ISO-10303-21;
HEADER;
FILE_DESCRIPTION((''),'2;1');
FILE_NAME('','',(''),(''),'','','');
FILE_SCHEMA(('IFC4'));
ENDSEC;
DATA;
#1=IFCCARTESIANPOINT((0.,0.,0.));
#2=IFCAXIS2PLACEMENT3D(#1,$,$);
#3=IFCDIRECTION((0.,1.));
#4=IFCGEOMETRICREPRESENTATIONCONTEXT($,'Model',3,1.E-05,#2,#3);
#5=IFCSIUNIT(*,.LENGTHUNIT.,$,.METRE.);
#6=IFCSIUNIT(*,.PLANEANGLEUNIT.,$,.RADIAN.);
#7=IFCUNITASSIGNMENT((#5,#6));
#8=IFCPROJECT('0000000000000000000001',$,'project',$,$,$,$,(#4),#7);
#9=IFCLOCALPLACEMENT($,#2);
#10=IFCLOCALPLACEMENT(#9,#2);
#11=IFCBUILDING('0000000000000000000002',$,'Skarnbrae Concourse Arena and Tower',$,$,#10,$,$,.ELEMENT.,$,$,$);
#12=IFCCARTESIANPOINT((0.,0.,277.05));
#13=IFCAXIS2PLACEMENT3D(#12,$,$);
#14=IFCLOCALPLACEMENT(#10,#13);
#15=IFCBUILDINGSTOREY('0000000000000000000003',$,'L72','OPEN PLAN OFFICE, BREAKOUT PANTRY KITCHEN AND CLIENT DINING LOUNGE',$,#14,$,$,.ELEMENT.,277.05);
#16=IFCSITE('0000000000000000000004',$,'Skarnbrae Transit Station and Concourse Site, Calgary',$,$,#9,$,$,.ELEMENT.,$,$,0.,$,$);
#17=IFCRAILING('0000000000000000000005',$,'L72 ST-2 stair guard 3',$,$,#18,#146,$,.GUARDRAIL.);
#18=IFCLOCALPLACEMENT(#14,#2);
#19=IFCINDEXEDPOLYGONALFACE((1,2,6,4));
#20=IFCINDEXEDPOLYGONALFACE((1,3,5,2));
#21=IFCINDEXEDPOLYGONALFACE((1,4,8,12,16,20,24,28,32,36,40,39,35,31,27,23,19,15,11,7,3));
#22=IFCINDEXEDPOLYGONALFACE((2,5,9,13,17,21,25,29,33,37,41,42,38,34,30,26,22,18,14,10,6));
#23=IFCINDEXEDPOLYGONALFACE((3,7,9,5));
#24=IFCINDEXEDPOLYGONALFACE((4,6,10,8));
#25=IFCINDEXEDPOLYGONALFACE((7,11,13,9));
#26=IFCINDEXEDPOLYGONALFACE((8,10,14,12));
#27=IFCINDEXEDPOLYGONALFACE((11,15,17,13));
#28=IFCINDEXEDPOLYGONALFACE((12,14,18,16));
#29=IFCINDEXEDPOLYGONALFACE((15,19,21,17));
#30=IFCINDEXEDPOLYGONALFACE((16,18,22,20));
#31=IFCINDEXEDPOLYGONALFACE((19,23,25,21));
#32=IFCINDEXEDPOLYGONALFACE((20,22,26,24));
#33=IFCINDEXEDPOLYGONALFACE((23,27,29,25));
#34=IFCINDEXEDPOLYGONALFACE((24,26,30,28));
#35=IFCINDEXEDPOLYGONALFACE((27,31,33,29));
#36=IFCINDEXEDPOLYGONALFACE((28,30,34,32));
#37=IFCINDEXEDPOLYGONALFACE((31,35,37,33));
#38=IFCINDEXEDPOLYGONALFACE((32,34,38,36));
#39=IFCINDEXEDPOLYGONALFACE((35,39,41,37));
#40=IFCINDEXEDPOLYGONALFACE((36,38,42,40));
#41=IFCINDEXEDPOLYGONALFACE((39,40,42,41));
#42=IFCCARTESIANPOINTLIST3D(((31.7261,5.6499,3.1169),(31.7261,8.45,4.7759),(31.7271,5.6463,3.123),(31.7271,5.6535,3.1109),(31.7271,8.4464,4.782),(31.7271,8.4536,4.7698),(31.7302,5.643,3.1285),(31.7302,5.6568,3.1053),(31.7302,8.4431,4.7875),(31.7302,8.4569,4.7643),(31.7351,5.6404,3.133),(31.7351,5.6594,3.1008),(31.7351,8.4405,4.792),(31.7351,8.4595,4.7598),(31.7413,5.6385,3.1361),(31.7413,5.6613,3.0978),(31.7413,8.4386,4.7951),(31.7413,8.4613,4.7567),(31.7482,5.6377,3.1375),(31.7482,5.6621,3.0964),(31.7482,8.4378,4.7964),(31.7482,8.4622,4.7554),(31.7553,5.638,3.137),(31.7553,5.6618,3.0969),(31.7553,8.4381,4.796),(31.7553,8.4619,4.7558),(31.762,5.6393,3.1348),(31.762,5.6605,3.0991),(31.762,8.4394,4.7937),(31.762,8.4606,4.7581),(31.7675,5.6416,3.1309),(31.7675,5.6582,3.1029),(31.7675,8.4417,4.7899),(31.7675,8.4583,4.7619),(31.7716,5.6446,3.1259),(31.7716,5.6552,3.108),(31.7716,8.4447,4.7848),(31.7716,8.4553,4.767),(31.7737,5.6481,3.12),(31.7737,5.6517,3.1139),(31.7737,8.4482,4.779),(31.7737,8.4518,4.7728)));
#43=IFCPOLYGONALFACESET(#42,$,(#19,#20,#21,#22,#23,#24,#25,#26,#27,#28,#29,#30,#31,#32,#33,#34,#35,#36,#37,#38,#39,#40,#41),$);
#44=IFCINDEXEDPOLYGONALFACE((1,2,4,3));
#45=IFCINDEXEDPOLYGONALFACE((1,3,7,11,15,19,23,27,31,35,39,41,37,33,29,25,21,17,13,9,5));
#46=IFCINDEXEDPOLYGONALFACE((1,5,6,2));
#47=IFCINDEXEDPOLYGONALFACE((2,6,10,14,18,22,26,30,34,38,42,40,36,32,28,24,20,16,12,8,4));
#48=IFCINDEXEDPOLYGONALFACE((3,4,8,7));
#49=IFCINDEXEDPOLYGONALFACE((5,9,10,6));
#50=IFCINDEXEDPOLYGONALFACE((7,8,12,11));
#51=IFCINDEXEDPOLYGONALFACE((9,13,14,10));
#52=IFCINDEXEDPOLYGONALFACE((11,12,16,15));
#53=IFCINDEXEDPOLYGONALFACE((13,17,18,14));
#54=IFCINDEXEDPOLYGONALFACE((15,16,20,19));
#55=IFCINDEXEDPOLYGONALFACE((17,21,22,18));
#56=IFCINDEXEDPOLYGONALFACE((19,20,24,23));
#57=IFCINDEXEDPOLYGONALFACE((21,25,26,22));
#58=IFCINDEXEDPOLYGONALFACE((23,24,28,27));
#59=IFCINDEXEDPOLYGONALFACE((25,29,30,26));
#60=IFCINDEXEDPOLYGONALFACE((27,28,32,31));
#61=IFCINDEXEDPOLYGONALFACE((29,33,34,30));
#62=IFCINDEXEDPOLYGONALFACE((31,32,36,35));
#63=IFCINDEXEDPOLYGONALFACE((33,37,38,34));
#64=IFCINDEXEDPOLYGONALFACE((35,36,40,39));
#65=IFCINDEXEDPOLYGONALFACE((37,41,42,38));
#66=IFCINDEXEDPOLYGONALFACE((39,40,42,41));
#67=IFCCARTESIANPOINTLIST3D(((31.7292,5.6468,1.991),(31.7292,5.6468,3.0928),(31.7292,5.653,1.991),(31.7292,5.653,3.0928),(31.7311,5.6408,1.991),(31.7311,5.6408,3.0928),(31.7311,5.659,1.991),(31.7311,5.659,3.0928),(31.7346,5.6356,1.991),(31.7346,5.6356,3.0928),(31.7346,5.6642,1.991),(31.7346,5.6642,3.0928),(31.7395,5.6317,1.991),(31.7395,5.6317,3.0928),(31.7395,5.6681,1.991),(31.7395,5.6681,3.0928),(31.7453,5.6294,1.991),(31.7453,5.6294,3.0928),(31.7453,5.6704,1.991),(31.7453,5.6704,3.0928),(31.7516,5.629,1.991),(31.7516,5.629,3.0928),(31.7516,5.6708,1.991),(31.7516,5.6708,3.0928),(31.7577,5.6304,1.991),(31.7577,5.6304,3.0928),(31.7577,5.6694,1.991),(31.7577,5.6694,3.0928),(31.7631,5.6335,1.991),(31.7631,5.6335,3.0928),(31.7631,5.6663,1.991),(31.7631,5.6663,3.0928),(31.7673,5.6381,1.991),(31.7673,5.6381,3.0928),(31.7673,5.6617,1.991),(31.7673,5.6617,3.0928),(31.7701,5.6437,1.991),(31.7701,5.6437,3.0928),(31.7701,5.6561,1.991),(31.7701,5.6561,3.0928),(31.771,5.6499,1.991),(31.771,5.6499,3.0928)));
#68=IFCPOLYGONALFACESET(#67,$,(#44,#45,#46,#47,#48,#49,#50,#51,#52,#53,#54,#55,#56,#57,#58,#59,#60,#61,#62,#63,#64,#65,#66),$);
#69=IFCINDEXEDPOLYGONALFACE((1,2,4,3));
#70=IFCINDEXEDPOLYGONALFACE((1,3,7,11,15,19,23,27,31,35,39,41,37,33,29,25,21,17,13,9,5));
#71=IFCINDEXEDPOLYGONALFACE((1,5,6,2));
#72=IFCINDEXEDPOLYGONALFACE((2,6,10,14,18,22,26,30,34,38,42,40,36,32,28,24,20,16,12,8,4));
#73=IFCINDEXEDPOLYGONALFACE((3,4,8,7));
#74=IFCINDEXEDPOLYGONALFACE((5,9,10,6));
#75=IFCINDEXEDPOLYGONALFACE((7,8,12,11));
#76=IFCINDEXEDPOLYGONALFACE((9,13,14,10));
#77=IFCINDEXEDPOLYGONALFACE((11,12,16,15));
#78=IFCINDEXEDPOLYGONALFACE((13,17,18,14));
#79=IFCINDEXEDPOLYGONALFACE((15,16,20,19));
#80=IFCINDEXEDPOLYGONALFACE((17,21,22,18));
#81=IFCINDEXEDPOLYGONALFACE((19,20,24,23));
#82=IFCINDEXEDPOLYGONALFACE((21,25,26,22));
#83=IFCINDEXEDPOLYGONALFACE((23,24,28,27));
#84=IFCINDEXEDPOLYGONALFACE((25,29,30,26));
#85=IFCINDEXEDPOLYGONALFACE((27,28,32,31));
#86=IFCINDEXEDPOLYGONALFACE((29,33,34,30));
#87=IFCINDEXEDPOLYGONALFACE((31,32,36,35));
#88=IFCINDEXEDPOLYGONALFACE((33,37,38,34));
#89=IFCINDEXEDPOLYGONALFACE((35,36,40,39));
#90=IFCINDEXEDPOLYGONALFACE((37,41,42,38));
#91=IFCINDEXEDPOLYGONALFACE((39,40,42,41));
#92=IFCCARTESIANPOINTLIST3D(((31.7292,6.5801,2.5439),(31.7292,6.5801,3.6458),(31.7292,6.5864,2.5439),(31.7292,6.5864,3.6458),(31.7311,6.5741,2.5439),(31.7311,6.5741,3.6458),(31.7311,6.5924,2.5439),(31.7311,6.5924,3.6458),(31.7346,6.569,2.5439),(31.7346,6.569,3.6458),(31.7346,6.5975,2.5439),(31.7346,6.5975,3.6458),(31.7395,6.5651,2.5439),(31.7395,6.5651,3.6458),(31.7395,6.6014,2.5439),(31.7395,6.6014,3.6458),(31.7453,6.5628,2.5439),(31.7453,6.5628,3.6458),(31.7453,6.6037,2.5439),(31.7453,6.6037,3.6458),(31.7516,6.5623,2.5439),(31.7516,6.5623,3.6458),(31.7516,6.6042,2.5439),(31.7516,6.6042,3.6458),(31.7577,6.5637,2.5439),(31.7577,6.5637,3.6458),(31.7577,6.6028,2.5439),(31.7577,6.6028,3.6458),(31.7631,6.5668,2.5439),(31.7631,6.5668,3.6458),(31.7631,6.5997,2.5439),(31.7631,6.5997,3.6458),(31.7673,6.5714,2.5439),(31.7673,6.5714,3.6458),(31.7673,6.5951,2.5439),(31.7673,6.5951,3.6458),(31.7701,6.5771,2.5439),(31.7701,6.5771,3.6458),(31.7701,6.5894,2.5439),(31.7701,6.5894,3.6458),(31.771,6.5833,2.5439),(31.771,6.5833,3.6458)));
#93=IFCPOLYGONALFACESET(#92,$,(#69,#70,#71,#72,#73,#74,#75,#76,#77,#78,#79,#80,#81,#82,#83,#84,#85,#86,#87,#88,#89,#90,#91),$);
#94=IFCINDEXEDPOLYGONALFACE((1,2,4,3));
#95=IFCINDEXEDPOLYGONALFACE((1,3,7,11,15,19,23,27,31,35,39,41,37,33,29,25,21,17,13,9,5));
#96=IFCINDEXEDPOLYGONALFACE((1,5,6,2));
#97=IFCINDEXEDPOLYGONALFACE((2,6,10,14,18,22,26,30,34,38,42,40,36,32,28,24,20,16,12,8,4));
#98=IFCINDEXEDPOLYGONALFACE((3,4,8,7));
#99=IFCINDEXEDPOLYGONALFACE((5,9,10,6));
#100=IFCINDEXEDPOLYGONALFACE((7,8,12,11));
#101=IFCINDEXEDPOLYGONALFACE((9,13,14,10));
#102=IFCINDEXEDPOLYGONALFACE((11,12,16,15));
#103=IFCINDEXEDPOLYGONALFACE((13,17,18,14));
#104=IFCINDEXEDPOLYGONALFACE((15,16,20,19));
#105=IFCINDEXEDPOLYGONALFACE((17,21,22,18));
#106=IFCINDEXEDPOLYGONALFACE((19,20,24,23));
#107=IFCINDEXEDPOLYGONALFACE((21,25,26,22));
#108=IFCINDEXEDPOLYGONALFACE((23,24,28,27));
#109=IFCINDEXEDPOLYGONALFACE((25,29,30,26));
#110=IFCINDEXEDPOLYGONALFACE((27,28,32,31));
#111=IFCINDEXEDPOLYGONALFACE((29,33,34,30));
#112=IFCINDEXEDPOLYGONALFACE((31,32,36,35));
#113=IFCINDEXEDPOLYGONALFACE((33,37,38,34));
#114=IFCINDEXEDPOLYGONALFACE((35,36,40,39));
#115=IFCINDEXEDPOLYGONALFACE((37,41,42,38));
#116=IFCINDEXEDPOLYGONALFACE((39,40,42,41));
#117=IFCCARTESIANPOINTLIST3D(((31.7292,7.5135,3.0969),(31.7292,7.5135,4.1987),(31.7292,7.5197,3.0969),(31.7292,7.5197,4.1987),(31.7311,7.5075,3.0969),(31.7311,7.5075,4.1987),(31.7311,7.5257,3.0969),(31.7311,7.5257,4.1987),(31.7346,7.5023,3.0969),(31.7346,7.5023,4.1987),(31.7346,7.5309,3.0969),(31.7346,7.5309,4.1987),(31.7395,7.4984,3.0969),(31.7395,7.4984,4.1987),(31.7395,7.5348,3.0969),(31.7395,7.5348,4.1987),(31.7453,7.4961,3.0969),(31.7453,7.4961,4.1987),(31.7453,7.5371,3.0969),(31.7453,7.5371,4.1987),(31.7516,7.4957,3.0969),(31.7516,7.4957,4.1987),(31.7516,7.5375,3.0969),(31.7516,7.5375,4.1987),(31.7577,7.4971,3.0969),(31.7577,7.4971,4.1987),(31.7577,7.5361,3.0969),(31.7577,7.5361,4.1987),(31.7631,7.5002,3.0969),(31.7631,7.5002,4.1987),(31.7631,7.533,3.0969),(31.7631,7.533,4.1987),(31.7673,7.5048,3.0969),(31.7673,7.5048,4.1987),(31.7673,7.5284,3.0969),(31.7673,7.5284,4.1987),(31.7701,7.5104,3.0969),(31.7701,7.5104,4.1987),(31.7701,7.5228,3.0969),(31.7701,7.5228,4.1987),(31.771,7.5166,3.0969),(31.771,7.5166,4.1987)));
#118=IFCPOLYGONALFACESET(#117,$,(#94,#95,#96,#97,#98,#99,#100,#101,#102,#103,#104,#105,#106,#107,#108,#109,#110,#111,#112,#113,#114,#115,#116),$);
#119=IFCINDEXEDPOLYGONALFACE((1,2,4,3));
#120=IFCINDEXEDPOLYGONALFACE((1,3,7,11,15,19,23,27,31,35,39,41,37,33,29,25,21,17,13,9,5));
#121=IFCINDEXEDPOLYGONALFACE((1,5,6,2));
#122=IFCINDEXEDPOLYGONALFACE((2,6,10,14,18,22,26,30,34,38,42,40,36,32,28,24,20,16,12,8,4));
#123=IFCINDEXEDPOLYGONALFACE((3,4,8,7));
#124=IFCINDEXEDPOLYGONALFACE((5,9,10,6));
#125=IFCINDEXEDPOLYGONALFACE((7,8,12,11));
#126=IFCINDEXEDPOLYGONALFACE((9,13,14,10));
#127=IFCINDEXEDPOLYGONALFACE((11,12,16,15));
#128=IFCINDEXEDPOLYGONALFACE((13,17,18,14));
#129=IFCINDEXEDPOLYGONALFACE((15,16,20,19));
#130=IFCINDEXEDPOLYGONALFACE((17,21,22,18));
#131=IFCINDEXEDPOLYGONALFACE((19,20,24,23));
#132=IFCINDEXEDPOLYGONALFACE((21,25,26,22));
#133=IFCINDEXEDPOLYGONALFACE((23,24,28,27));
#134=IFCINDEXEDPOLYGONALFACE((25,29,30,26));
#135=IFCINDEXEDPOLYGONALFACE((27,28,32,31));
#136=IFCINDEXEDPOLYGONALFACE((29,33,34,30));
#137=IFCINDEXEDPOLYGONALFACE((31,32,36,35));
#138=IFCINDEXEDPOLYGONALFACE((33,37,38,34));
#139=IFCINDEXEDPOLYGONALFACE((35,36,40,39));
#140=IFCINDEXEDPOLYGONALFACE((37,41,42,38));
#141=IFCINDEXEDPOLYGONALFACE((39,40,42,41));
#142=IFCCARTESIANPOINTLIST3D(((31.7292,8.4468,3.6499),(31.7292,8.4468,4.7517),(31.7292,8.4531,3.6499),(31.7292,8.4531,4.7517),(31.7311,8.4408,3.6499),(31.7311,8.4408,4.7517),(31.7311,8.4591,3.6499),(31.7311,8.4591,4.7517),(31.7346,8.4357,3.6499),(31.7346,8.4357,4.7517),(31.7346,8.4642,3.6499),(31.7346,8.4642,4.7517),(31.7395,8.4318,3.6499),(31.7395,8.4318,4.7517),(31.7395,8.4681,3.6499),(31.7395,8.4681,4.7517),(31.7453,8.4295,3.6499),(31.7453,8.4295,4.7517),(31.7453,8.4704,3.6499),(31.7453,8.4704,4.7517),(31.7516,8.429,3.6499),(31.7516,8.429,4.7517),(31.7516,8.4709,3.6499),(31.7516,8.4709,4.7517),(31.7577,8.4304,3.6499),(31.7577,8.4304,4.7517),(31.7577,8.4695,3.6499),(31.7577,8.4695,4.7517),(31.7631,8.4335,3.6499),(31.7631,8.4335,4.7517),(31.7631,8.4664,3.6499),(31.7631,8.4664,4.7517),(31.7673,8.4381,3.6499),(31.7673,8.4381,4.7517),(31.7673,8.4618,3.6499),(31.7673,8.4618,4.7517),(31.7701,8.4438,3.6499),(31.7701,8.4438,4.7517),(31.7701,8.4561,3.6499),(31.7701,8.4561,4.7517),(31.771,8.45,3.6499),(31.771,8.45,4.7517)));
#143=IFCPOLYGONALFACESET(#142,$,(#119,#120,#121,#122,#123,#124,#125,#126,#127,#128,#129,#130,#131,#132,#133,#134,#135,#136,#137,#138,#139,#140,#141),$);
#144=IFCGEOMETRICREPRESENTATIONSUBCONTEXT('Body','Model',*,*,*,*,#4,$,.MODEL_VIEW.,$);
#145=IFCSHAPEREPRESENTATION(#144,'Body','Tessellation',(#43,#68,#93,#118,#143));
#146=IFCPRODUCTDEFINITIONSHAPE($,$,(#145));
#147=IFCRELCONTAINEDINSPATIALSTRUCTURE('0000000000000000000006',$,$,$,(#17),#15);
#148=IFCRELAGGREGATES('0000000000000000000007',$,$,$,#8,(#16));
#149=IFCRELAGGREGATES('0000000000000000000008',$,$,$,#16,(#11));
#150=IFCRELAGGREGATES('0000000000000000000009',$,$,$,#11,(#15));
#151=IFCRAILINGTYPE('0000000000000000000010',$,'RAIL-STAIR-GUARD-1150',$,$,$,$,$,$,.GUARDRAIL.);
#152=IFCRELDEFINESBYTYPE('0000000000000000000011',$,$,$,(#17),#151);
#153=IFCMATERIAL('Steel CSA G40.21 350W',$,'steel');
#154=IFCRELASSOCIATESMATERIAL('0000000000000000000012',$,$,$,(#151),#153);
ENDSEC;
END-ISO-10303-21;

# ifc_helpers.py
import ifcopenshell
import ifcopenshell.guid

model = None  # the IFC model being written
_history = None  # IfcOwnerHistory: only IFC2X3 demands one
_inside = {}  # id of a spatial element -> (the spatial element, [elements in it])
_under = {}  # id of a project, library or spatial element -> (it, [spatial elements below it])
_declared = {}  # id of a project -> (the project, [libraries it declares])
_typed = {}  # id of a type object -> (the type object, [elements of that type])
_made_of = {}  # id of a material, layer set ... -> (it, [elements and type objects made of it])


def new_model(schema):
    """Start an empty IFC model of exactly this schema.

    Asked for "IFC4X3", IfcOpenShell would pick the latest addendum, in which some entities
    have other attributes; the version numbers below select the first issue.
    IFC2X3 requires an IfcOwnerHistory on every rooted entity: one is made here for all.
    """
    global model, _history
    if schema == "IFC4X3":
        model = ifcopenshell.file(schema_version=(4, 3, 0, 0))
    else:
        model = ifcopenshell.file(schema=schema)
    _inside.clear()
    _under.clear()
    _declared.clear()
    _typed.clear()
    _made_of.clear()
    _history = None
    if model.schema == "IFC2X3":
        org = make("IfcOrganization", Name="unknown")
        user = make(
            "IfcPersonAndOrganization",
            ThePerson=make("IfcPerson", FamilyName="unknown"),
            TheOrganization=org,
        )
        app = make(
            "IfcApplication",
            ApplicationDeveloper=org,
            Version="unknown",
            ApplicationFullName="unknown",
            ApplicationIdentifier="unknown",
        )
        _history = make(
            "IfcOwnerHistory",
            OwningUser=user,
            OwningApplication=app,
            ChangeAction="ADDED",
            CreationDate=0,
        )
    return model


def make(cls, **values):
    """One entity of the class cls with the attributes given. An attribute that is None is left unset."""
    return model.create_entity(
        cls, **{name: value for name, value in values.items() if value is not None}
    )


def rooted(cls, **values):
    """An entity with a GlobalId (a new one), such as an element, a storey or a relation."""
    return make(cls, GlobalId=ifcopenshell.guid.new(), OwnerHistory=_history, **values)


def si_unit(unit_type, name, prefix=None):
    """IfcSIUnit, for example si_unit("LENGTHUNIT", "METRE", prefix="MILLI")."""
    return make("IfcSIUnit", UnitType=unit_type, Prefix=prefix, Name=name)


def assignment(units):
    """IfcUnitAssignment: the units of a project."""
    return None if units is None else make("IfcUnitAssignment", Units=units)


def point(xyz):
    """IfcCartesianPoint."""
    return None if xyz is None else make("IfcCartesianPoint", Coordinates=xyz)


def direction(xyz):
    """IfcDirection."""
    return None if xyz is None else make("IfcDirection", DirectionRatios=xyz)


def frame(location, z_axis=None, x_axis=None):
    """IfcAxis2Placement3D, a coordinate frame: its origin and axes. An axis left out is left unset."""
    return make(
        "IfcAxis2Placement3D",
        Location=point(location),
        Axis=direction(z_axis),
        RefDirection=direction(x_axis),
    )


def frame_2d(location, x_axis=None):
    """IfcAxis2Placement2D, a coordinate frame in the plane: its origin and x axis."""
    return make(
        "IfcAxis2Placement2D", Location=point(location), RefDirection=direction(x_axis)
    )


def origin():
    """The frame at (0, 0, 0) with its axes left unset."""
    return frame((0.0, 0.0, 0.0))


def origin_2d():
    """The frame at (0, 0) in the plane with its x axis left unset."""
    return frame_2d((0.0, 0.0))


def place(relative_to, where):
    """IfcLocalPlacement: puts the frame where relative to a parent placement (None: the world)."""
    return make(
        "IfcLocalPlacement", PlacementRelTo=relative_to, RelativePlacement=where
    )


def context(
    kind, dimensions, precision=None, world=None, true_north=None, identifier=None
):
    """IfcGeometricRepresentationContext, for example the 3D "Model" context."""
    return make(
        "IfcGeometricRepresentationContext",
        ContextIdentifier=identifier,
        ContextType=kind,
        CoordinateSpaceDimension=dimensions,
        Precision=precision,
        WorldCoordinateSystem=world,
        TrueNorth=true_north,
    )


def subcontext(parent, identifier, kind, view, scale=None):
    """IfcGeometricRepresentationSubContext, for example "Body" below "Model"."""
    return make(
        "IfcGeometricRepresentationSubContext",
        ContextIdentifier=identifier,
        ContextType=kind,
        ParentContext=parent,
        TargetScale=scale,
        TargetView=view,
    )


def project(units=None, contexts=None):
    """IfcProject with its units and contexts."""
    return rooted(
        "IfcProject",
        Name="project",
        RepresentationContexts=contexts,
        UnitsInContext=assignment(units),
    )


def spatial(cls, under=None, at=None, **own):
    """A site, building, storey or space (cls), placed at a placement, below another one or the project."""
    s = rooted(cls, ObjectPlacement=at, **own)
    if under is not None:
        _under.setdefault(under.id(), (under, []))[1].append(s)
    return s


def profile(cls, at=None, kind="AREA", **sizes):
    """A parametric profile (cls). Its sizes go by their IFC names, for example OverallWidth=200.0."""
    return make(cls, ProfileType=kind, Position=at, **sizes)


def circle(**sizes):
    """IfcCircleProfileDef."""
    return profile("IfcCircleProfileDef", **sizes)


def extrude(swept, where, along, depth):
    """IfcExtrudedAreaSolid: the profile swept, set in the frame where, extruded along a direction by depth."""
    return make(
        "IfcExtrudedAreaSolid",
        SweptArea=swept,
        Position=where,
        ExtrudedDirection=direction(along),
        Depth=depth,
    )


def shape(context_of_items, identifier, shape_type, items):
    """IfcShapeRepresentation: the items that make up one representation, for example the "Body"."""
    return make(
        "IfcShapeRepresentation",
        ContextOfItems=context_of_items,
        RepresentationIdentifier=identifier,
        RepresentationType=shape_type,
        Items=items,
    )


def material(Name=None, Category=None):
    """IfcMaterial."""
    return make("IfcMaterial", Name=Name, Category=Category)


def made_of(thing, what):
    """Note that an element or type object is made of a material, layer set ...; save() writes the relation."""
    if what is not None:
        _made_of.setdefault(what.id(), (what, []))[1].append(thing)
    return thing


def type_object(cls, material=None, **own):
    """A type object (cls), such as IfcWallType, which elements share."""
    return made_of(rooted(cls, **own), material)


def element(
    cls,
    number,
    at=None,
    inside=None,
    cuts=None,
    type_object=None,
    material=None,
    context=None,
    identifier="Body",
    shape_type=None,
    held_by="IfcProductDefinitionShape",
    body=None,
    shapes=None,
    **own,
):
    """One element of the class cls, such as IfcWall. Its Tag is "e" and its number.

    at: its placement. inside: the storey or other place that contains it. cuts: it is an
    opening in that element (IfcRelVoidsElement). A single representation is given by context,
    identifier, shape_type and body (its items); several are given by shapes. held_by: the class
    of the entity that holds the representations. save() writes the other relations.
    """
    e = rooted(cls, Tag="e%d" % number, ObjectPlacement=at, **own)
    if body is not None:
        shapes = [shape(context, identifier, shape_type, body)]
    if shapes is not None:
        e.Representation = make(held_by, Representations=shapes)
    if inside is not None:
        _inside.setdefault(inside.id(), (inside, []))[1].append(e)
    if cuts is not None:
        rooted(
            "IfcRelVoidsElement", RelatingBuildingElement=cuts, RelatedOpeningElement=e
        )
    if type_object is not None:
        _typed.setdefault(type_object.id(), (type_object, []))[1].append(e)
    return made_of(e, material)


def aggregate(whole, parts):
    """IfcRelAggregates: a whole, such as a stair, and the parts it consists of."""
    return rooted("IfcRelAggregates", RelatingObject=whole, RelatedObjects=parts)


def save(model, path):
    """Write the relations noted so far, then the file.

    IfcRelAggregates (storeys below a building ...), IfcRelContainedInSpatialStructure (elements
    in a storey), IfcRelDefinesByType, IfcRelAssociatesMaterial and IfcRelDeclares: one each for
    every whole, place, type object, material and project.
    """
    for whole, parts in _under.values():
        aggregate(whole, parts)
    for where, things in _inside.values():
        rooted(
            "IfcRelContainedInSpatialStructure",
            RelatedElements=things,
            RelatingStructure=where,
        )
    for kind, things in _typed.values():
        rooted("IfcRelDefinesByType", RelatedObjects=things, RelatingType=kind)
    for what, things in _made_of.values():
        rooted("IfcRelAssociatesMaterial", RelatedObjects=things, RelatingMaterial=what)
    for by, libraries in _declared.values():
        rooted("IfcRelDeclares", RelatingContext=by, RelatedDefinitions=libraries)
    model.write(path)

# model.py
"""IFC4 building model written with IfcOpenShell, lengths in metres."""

from ifc_helpers import new_model, si_unit, direction, frame, origin, origin_2d, place, context, subcontext, project, spatial, circle, extrude, material, type_object, element, save


model = new_model("IFC4")

# Units and contexts
model_context = context("Model", 3, precision=1e-05, world=origin(), true_north=direction((0.0, 1.0)))
body_context = subcontext(model_context, "Body", "Model", "MODEL_VIEW")
ifc_project = project(units=[si_unit("LENGTHUNIT", "METRE"), si_unit("PLANEANGLEUNIT", "RADIAN")], contexts=[model_context])

# Site, building, storey
site_placement = place(None, origin())
site = spatial("IfcSite", under=ifc_project, at=site_placement, Name="Skarnbrae Transit Station and Concourse Site, Calgary", CompositionType="ELEMENT", RefElevation=0.0)
building_placement = place(site_placement, origin())
building = spatial("IfcBuilding", under=site, at=building_placement, Name="Skarnbrae Concourse Arena and Tower", CompositionType="ELEMENT")
storey_placement = place(building_placement, frame((0.0, 0.0, 277.05)))
storey = spatial("IfcBuildingStorey", under=building, at=storey_placement, Name="L72", Description="OPEN PLAN OFFICE, BREAKOUT PANTRY KITCHEN AND CLIENT DINING LOUNGE", CompositionType="ELEMENT", Elevation=277.05)

# Shared definitions
ifc_material_1 = material(Name="Steel CSA G40.21 350W", Category="steel")

# Railing
railing_type_1 = type_object("IfcRailingType", Name="RAIL-STAIR-GUARD-1150", PredefinedType="GUARDRAIL", material=ifc_material_1)
railing_1_placement = place(storey_placement, frame((31.75, 5.6499, 1.991)))
element("IfcRailing", 1, at=railing_1_placement, inside=storey, type_object=railing_type_1, Name="L72 ST-2 stair guard 3", PredefinedType="GUARDRAIL", context=body_context, shape_type="SweptSolid", body=[
    extrude(circle(Radius=0.0239, at=origin_2d()), frame((0.0, 0.0, 1.126), z_axis=(0.0, 0.860339, 0.509722), x_axis=(-1.0, 0.0, 0.0)), (0.0, 0.0, 1.0), 3.2546),
    extrude(circle(Radius=0.021, at=origin_2d()), origin(), (0.0, 0.0, 1.0), 1.1018),
    extrude(circle(Radius=0.021, at=origin_2d()), frame((0.0, 0.9333, 0.553)), (0.0, 0.0, 1.0), 1.1018),
    extrude(circle(Radius=0.021, at=origin_2d()), frame((0.0, 1.8667, 1.106)), (0.0, 0.0, 1.0), 1.1018),
    extrude(circle(Radius=0.021, at=origin_2d()), frame((0.0, 2.8, 1.6589)), (0.0, 0.0, 1.0), 1.1018),
])

save(model, "model.ifc")
